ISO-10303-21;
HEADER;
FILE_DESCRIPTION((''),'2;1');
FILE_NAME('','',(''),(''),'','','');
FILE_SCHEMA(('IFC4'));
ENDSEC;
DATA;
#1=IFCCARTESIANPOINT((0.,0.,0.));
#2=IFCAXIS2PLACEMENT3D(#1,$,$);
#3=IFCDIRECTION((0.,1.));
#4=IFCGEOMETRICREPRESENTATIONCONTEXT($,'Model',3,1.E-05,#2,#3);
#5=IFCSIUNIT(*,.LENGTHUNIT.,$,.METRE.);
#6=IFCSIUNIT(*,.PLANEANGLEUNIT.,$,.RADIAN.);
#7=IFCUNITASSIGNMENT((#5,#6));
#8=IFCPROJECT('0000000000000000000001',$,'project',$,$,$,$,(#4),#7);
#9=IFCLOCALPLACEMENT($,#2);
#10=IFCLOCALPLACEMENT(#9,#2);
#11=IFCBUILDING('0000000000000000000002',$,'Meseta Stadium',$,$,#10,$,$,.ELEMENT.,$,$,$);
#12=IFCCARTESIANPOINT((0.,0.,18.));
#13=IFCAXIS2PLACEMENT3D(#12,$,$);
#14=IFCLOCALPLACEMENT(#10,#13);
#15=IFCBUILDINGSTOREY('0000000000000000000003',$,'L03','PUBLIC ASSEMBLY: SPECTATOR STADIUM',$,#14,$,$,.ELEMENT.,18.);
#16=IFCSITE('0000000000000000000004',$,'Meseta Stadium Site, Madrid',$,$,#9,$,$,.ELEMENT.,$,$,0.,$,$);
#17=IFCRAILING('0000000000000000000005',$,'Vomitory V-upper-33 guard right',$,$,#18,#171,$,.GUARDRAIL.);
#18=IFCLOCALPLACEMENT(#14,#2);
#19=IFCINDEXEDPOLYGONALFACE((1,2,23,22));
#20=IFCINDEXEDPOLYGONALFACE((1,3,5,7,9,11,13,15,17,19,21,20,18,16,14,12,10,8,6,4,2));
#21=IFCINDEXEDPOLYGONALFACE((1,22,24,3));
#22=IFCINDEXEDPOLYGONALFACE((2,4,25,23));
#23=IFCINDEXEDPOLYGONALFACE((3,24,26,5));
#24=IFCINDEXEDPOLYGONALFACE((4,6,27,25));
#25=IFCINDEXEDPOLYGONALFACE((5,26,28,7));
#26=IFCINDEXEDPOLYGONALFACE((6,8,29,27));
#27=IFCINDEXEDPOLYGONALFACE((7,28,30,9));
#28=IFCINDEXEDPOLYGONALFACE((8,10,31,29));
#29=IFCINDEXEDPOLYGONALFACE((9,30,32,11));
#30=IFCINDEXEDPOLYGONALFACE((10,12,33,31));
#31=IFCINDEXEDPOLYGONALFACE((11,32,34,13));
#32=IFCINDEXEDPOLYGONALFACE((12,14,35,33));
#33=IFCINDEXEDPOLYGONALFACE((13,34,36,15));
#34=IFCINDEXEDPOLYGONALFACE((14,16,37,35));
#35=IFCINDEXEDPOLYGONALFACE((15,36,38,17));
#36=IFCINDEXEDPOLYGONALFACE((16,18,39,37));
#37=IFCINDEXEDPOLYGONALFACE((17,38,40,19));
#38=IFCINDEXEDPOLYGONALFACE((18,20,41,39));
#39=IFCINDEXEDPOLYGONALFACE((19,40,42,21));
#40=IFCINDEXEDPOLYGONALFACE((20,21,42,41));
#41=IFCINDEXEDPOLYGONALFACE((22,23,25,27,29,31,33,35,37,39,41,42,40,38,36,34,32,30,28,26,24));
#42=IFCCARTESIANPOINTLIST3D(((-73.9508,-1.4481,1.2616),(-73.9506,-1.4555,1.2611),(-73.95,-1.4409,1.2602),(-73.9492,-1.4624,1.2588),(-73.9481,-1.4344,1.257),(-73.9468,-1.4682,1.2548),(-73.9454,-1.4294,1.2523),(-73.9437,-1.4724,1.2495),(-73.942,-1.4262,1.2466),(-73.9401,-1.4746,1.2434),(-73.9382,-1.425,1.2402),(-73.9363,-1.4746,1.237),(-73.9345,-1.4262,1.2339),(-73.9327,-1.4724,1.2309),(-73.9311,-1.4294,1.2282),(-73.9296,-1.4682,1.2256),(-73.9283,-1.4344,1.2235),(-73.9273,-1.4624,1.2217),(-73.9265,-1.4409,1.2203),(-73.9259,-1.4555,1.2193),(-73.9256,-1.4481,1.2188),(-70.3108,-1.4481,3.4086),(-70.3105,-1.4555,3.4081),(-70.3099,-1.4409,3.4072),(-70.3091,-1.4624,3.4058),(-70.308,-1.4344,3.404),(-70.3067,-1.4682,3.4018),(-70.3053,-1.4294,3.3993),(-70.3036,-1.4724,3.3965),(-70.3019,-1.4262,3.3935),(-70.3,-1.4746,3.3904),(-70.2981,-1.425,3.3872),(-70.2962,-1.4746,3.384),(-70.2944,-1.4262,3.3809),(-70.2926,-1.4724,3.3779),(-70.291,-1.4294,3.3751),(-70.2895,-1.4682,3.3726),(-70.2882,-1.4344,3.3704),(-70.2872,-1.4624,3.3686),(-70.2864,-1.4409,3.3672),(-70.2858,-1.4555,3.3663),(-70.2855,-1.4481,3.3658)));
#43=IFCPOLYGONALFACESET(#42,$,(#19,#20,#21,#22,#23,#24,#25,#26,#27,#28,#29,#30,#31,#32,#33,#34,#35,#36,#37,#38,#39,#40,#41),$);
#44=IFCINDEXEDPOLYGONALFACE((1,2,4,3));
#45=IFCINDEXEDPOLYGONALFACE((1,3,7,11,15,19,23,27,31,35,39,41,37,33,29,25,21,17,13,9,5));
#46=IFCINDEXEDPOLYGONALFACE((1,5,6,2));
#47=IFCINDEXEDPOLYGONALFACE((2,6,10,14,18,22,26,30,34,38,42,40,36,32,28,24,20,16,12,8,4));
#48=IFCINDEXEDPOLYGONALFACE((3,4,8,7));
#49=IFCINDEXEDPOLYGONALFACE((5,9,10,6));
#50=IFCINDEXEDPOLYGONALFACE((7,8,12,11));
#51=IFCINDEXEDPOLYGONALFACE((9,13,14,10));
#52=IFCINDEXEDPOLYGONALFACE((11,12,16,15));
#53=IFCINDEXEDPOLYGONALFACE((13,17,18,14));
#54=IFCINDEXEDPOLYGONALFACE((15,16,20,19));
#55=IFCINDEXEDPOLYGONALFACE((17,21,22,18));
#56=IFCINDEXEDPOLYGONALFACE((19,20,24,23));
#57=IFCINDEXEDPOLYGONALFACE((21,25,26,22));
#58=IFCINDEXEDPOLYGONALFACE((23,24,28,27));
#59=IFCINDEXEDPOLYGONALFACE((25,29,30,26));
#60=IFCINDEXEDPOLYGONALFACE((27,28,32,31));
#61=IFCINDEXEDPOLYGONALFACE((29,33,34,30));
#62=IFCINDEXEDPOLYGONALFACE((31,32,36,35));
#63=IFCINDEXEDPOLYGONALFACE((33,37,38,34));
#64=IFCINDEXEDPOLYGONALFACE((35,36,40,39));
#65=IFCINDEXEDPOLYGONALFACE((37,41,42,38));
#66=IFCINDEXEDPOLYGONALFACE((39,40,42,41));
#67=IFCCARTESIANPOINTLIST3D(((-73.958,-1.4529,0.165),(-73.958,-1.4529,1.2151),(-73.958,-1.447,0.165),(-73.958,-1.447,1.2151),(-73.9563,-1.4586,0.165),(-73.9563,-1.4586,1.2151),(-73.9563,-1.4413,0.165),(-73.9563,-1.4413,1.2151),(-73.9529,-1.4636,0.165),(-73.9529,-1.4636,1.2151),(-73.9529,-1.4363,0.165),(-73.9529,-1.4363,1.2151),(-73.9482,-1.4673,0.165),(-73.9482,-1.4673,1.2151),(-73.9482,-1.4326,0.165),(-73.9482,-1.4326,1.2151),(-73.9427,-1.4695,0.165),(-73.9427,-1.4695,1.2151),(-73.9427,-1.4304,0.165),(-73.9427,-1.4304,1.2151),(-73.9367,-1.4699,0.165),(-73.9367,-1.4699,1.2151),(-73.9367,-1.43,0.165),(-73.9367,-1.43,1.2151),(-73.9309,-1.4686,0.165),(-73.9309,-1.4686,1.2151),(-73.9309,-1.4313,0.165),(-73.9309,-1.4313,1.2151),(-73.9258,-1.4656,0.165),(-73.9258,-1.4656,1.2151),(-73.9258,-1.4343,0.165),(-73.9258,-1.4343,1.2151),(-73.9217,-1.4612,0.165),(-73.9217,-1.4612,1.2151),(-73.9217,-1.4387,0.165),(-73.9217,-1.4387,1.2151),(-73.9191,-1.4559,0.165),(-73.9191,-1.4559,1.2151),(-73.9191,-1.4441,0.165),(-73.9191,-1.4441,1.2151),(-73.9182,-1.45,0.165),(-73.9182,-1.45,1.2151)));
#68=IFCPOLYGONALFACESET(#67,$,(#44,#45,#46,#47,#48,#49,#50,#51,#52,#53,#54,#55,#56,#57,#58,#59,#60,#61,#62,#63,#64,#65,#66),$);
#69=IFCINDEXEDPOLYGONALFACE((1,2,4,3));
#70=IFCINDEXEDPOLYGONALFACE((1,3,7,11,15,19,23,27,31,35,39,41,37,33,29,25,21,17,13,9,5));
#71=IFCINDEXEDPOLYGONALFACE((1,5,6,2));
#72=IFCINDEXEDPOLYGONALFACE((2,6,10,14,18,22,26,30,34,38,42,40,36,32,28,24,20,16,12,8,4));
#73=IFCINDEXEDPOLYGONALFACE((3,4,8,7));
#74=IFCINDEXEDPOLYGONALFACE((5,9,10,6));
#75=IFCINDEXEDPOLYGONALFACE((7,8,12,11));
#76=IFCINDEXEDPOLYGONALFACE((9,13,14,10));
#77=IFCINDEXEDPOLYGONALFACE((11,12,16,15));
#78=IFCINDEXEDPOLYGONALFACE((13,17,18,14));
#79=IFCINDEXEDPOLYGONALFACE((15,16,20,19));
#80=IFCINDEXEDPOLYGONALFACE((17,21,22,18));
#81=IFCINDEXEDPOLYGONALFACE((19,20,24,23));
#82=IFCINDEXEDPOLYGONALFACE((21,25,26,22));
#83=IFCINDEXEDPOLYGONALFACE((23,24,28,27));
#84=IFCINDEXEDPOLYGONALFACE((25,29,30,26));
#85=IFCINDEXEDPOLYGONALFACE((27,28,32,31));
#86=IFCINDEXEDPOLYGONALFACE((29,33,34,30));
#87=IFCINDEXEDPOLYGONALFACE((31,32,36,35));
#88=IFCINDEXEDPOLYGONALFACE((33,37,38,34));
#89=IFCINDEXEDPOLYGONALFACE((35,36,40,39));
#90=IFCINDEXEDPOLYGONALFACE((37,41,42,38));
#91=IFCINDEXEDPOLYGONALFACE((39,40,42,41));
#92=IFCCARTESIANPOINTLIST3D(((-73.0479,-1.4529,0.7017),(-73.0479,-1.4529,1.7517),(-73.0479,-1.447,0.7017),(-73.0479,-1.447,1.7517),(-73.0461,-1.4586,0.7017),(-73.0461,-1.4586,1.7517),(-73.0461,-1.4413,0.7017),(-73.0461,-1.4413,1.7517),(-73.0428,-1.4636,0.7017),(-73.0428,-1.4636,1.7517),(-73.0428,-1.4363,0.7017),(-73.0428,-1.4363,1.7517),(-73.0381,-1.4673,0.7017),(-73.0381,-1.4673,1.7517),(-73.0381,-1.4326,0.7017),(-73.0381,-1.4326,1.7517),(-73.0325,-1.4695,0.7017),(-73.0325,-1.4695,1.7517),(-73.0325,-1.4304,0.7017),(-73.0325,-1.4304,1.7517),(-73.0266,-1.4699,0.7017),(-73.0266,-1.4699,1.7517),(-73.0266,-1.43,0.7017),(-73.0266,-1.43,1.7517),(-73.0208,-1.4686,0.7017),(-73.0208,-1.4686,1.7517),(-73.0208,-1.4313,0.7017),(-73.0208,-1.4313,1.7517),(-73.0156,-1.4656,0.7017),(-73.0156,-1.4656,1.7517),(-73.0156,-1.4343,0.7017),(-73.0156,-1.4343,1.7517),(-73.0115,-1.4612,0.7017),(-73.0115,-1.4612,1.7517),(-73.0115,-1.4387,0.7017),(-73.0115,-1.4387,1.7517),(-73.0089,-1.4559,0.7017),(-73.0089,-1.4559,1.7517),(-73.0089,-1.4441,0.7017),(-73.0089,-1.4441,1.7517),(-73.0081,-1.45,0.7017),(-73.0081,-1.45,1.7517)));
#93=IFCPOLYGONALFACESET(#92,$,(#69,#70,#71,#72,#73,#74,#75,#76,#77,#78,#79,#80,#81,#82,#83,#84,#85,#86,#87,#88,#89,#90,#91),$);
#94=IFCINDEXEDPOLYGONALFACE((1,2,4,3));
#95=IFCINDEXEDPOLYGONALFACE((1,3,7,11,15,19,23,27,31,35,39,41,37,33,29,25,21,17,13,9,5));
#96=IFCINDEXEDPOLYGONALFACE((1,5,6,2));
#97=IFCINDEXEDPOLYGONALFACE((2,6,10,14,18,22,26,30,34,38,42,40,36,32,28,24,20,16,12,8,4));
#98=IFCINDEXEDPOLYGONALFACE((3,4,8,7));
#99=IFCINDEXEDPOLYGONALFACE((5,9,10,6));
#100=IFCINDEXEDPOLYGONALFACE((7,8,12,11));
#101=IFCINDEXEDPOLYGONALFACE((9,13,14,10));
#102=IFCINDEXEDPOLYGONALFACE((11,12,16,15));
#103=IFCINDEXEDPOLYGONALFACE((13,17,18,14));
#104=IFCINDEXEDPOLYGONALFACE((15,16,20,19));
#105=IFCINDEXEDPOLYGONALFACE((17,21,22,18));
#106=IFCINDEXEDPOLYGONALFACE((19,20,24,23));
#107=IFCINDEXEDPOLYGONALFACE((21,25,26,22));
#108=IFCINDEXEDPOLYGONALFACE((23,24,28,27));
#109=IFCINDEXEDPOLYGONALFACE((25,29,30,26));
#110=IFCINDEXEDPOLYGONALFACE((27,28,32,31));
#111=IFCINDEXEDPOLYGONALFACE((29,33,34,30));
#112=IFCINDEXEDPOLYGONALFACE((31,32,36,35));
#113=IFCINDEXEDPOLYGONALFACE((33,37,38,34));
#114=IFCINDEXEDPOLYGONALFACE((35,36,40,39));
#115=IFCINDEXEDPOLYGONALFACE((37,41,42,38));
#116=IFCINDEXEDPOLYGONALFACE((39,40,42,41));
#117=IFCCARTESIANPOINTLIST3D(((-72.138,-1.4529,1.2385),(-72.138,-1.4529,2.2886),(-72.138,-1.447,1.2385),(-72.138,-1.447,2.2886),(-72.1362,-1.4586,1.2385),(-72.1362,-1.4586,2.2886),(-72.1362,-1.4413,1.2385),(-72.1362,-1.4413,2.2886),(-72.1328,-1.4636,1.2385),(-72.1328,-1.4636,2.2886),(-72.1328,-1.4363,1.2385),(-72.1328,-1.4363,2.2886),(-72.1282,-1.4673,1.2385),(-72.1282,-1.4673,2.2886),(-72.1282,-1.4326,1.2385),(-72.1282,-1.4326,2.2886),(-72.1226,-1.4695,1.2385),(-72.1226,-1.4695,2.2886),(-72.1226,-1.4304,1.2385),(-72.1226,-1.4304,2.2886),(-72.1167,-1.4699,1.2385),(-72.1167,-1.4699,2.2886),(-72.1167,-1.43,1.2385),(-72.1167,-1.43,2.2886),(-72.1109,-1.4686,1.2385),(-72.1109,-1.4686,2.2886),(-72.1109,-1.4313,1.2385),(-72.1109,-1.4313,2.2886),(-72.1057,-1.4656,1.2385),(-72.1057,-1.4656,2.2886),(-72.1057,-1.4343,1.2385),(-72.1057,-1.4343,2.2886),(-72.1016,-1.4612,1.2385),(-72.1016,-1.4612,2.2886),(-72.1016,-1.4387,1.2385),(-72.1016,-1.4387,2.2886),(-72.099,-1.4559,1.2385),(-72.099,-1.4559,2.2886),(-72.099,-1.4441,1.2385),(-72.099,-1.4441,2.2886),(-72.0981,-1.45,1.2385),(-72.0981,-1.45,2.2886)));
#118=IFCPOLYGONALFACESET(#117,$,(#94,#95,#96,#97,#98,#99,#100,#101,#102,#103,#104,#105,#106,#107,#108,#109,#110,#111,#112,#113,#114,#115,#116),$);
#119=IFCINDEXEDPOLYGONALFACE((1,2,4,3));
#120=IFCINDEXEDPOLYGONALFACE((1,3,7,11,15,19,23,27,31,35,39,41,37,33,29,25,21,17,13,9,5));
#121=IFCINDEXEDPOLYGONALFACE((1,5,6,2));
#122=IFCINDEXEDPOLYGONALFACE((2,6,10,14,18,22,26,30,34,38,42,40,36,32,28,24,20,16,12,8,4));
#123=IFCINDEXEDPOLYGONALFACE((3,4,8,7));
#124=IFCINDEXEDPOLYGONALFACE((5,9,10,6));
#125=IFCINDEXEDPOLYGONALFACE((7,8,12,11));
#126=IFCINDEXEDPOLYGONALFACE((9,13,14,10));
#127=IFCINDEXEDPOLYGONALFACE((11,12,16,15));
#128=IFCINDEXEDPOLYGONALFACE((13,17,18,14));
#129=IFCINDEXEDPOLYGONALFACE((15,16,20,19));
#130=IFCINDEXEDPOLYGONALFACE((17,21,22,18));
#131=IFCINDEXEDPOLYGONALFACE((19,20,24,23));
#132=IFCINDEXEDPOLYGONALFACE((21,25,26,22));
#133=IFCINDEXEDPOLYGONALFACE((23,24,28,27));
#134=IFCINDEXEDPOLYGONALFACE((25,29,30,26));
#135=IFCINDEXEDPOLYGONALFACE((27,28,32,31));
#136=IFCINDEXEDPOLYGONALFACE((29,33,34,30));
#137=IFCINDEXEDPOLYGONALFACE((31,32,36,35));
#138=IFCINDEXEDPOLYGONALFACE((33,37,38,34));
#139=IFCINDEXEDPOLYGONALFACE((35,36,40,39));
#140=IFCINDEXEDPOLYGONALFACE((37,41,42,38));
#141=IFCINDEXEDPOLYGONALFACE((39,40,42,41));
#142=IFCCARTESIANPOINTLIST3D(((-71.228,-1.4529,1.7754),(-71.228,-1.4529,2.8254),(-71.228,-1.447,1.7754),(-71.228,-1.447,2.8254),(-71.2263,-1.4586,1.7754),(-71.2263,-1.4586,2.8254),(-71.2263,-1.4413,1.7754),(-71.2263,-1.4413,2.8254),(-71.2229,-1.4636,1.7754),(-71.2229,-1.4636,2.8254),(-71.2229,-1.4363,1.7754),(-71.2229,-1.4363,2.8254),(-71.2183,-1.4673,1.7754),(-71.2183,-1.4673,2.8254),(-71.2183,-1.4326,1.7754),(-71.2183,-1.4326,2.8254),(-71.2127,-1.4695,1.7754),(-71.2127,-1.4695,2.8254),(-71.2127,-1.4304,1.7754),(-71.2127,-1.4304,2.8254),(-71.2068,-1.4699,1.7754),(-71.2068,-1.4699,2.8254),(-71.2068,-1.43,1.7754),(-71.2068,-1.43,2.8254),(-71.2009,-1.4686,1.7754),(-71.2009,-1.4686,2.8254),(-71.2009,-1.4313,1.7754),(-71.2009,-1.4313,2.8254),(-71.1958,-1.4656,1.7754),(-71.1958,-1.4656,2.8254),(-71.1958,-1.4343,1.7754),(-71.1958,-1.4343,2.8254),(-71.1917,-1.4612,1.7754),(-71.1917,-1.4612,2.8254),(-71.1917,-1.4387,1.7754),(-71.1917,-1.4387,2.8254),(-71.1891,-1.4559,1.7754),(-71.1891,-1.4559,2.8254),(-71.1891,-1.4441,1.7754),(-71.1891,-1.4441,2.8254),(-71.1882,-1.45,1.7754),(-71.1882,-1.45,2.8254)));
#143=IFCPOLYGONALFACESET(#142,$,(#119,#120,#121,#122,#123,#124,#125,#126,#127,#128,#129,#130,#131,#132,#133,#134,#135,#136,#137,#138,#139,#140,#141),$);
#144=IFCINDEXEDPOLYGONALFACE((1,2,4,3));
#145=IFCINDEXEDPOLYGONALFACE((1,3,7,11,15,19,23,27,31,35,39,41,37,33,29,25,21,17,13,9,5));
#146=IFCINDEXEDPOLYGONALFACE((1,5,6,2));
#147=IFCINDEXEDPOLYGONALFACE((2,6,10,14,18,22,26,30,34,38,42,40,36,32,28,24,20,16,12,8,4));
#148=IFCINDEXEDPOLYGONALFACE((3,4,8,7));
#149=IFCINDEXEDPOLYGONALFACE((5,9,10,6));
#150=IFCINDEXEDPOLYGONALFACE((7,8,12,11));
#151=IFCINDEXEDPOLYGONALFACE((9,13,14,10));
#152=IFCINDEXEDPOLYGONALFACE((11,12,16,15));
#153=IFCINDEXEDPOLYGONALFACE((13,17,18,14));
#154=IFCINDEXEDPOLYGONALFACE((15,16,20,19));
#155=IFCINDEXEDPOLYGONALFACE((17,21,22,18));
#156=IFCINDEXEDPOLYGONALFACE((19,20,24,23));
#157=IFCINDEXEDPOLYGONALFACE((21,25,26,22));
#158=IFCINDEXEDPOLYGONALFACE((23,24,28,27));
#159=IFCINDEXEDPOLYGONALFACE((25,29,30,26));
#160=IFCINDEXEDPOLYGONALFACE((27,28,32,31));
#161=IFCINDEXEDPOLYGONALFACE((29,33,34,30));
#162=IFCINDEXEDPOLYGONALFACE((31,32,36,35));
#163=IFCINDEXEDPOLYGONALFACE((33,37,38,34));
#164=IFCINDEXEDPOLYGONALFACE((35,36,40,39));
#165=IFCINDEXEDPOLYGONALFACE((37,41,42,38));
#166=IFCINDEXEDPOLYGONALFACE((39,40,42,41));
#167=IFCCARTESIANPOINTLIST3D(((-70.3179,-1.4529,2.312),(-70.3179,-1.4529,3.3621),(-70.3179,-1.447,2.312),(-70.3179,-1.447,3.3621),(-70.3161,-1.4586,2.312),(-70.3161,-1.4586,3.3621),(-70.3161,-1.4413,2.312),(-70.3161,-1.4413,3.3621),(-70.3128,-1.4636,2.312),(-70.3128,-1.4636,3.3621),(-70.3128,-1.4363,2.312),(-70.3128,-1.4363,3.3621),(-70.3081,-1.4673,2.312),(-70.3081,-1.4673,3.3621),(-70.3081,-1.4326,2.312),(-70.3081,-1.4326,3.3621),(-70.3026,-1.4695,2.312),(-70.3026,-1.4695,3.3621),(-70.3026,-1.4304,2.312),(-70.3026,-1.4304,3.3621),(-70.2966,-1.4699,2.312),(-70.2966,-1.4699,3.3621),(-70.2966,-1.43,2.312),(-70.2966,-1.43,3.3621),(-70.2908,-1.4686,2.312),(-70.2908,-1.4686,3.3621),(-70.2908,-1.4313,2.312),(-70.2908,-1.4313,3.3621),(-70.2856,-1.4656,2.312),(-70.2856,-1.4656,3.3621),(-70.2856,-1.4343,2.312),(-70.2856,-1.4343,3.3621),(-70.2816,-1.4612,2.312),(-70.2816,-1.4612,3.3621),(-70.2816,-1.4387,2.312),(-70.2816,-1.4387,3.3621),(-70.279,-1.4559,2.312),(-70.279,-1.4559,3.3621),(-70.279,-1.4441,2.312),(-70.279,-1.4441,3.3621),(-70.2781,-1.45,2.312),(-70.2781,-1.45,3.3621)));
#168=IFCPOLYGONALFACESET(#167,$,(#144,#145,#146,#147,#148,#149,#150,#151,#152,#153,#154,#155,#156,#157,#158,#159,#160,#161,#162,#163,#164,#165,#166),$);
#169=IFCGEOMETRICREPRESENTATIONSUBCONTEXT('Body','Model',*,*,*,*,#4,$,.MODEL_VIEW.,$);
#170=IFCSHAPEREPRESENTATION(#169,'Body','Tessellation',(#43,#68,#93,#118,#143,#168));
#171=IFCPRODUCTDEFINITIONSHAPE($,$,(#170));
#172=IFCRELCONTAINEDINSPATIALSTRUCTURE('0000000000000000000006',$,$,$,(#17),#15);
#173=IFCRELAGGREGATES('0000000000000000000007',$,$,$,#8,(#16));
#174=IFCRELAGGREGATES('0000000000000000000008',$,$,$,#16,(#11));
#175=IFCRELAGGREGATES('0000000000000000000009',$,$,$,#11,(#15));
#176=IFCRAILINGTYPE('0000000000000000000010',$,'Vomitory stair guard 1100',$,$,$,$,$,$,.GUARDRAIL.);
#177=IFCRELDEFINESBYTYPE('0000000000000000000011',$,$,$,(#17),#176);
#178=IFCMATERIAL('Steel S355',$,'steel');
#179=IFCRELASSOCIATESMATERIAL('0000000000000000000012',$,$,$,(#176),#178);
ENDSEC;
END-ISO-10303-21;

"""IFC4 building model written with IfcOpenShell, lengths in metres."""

from ifc_helpers import new_model, si_unit, direction, frame, origin, origin_2d, place, context, subcontext, project, spatial, circle, extrude, material, type_object, element, save


model = new_model("IFC4")

# Units and contexts
model_context = context("Model", 3, precision=1e-05, world=origin(), true_north=direction((0.0, 1.0)))
body_context = subcontext(model_context, "Body", "Model", "MODEL_VIEW")
ifc_project = project(units=[si_unit("LENGTHUNIT", "METRE"), si_unit("PLANEANGLEUNIT", "RADIAN")], contexts=[model_context])

# Site, building, storey
site_placement = place(None, origin())
site = spatial("IfcSite", under=ifc_project, at=site_placement, Name="Meseta Stadium Site, Madrid", CompositionType="ELEMENT", RefElevation=0.0)
building_placement = place(site_placement, origin())
building = spatial("IfcBuilding", under=site, at=building_placement, Name="Meseta Stadium", CompositionType="ELEMENT")
storey_placement = place(building_placement, frame((0.0, 0.0, 18.0)))
storey = spatial("IfcBuildingStorey", under=building, at=storey_placement, Name="L03", Description="PUBLIC ASSEMBLY: SPECTATOR STADIUM", CompositionType="ELEMENT", Elevation=18.0)

# Railing
ifc_material_1 = material(Name="Steel S355", Category="steel")
railing_type_1 = type_object("IfcRailingType", Name="Vomitory stair guard 1100", PredefinedType="GUARDRAIL", material=ifc_material_1)
railing_1_placement = place(storey_placement, frame((-73.9382, -1.45, 0.165)))
element("IfcRailing", 1, at=railing_1_placement, inside=storey, type_object=railing_type_1, Name="Vomitory V-upper-33 guard right", PredefinedType="GUARDRAIL", context=body_context, shape_type="SweptSolid", body=[
    extrude(circle(Radius=0.0249, at=origin_2d()), frame((0.0, 0.0, 1.0752), z_axis=(0.861343, 0.0, 0.508025), x_axis=(0.0, 1.0, 0.0)), (0.0, 0.0, 1.0), 4.2261),
    extrude(circle(Radius=0.02, at=origin_2d()), origin(), (0.0, 0.0, 1.0), 1.05),
    extrude(circle(Radius=0.02, at=origin_2d()), frame((0.9102, 0.0, 0.5366)), (0.0, 0.0, 1.0), 1.05),
    extrude(circle(Radius=0.02, at=origin_2d()), frame((1.8201, 0.0, 1.0735)), (0.0, 0.0, 1.0), 1.05),
    extrude(circle(Radius=0.02, at=origin_2d()), frame((2.73, 0.0, 1.6104)), (0.0, 0.0, 1.0), 1.05),
    extrude(circle(Radius=0.02, at=origin_2d()), frame((3.6401, 0.0, 2.147)), (0.0, 0.0, 1.0), 1.05),
])

save(model, "model.ifc")
